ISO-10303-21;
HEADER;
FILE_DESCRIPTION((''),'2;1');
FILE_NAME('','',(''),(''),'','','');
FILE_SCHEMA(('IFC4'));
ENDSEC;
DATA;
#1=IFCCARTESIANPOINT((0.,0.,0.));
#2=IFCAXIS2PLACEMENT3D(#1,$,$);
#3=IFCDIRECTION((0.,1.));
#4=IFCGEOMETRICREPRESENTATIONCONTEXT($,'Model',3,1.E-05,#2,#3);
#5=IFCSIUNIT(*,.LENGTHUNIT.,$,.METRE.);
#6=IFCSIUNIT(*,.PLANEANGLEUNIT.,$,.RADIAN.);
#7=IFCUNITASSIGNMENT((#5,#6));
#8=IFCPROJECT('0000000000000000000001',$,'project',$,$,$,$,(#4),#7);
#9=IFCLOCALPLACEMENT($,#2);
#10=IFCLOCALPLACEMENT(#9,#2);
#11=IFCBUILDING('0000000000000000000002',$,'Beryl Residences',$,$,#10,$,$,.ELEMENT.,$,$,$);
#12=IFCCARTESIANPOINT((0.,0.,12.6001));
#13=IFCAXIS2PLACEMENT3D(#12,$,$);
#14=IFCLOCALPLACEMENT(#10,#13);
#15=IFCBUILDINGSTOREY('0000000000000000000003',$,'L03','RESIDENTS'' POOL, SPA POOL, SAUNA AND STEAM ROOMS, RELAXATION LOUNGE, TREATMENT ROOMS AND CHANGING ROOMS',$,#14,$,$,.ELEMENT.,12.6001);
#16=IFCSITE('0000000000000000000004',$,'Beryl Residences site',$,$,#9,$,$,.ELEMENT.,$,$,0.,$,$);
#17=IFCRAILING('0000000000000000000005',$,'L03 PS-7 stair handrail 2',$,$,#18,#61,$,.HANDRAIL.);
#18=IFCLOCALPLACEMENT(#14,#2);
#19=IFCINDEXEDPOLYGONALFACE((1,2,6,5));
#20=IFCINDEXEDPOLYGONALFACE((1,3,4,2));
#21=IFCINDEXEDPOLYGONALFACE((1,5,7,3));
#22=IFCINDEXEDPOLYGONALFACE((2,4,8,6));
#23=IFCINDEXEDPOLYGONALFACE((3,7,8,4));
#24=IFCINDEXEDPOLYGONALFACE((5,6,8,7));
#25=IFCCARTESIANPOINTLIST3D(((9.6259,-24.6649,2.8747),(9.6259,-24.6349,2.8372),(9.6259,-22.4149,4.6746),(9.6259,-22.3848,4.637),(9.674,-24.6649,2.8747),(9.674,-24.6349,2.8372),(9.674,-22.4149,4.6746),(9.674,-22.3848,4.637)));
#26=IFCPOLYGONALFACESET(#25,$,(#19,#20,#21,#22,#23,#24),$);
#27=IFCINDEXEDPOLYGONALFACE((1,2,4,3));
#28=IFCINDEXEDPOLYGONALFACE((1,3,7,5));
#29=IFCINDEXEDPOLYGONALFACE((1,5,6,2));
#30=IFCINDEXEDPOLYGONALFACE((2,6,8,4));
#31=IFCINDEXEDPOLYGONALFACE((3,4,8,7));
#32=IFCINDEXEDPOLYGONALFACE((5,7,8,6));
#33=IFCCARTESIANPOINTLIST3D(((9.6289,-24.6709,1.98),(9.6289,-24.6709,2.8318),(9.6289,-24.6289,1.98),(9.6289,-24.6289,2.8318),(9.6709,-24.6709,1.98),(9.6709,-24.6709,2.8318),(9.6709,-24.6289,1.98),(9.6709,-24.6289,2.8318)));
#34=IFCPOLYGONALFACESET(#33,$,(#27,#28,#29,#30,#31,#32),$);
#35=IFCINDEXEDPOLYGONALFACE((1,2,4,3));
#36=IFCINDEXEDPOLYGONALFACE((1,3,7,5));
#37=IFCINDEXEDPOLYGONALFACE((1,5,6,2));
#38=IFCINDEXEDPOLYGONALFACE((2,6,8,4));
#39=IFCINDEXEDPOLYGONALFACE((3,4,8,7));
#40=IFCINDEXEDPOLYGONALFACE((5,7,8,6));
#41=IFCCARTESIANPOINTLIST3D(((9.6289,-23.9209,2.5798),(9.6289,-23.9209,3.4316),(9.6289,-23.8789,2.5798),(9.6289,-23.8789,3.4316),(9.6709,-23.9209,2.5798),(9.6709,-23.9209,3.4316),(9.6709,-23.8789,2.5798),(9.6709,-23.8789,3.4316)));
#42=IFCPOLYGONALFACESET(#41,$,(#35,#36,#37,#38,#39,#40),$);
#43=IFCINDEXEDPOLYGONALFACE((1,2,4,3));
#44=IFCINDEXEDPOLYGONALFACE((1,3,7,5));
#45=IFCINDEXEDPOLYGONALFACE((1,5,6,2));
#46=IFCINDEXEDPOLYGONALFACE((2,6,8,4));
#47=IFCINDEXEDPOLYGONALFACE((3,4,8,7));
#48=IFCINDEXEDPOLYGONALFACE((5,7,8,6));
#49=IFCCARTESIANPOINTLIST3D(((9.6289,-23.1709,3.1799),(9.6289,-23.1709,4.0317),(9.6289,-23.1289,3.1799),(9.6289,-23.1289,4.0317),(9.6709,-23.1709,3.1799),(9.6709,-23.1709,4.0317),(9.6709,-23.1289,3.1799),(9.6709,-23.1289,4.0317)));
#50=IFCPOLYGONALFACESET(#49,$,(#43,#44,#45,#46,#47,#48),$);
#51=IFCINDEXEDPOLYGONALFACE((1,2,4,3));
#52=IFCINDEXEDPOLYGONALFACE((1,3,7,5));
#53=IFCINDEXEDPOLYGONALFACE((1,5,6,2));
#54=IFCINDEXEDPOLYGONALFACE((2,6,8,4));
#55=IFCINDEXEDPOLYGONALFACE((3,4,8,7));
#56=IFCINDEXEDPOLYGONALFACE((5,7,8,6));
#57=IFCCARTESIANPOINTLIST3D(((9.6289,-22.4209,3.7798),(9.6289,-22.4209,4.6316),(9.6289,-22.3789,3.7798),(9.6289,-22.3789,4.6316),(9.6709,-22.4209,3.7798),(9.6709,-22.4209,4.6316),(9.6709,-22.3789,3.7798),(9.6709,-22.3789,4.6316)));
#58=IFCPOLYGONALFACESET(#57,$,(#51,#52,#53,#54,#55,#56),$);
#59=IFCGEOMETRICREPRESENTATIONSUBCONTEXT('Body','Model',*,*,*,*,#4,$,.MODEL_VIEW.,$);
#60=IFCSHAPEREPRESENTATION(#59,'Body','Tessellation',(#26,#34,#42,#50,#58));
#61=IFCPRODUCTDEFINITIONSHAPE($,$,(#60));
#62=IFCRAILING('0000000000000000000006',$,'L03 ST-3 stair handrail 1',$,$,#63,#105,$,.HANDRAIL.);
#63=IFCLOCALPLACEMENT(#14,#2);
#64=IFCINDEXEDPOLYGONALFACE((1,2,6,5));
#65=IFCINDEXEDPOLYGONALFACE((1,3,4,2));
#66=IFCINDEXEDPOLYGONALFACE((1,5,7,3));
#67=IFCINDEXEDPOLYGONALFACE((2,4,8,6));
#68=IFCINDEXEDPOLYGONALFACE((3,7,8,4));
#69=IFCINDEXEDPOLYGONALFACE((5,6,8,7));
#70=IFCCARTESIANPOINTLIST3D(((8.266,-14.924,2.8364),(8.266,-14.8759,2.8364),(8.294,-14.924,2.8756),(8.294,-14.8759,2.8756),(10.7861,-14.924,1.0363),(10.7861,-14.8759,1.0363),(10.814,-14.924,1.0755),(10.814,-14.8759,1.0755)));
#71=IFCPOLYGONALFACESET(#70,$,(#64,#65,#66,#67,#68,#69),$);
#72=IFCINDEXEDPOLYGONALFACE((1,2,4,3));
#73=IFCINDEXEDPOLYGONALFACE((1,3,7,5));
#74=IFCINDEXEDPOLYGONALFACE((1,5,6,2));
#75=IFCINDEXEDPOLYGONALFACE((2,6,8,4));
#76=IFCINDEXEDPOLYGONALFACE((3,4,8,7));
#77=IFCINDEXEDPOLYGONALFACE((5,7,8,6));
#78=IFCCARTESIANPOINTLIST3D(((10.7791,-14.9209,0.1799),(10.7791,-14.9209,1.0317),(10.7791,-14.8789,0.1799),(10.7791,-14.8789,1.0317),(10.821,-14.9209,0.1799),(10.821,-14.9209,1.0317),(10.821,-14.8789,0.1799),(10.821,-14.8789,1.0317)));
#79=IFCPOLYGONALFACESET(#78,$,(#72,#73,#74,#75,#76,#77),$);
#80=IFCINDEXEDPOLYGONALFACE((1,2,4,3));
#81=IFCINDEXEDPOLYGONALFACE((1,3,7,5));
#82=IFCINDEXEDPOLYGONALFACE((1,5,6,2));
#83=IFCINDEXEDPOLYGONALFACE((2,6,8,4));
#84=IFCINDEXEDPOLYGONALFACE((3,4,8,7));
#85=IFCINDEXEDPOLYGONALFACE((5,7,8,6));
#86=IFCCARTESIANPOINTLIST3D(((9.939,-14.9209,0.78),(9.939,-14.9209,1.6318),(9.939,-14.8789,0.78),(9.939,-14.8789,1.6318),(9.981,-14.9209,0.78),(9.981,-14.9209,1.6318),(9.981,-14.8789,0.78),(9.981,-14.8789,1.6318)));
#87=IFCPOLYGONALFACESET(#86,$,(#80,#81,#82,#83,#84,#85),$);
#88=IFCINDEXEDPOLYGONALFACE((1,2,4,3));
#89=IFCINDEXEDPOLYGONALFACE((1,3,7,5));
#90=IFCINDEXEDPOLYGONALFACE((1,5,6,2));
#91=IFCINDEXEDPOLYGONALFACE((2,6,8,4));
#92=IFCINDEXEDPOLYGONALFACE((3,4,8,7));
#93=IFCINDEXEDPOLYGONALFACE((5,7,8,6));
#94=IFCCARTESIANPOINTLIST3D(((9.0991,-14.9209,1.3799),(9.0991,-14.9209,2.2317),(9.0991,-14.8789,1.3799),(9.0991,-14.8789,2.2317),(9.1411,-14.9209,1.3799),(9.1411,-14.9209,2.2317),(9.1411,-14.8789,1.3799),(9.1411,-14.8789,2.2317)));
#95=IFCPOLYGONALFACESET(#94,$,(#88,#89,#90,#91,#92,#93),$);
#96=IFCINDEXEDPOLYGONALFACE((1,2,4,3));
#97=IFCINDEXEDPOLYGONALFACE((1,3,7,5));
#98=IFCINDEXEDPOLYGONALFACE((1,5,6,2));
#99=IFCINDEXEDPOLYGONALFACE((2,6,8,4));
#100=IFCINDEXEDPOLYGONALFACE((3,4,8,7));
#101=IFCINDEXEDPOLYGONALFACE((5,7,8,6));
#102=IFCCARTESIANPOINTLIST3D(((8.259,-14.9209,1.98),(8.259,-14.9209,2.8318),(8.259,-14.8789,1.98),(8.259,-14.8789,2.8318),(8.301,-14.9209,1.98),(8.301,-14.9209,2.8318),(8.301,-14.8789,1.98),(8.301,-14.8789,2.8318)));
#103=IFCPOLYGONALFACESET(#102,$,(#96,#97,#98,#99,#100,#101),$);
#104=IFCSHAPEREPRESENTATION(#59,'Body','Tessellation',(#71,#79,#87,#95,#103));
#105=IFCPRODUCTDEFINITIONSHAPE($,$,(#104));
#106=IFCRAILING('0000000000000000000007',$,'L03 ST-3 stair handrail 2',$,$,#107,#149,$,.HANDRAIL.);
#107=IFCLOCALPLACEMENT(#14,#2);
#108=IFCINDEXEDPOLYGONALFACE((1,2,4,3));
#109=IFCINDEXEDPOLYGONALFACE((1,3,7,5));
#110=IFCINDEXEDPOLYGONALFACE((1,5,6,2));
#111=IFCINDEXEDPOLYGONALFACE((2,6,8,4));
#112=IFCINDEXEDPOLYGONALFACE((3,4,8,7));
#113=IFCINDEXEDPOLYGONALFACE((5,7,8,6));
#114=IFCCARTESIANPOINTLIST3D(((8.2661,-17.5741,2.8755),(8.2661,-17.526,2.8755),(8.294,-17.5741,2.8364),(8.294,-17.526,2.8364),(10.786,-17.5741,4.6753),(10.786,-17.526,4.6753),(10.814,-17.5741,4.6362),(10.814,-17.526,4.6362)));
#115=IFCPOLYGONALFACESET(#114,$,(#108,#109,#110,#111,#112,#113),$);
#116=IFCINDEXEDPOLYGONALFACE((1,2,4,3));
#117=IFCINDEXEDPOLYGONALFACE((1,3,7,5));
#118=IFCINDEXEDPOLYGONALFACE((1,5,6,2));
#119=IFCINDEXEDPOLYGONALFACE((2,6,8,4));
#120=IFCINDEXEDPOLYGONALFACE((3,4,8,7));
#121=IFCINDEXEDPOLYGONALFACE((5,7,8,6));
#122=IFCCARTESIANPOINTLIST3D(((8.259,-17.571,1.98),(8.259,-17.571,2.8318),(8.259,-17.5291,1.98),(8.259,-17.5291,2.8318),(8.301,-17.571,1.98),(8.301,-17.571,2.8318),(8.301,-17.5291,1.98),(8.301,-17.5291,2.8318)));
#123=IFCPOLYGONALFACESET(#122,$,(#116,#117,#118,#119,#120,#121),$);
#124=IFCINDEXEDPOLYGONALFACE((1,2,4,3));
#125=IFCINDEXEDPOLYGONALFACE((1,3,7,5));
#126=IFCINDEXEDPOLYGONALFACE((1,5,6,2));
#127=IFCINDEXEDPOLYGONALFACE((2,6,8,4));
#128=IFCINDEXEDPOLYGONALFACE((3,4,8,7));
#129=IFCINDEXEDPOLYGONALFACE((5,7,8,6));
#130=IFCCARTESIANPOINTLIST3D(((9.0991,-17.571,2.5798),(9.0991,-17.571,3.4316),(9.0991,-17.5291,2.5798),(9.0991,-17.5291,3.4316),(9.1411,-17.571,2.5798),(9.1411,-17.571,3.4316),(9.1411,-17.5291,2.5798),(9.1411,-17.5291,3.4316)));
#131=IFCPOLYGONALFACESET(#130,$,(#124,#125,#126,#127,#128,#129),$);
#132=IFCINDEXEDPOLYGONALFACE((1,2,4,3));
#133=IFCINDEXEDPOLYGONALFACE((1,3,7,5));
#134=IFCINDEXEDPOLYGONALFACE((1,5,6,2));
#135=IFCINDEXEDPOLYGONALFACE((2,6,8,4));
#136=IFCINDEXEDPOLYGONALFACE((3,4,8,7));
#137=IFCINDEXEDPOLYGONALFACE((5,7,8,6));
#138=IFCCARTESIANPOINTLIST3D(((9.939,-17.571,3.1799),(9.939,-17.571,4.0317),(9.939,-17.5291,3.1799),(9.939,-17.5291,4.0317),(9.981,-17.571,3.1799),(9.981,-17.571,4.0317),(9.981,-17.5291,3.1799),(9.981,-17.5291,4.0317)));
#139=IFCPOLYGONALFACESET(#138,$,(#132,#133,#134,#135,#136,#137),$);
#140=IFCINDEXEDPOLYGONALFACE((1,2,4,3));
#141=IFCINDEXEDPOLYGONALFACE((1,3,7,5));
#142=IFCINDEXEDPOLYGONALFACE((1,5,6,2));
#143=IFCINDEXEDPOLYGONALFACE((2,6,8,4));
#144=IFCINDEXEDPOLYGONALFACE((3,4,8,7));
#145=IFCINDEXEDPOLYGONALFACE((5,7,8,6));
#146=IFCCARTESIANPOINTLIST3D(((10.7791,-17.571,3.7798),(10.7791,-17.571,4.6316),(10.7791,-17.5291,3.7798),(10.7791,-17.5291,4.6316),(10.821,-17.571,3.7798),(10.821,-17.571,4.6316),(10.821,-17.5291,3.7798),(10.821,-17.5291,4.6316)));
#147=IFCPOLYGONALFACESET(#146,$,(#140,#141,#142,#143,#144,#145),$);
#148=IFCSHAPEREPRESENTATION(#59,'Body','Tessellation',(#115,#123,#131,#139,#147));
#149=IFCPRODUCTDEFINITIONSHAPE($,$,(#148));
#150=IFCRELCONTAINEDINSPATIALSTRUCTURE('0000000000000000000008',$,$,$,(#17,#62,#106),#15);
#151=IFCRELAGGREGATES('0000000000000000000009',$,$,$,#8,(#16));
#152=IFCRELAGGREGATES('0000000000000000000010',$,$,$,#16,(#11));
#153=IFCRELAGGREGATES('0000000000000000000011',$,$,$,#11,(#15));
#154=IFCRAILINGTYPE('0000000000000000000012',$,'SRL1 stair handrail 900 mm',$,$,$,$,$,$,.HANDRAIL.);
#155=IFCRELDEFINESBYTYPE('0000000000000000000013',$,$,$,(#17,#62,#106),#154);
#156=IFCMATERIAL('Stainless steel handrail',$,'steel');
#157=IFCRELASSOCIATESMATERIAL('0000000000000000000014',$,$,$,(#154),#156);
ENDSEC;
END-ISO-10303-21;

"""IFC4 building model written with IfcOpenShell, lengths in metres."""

from ifc_helpers import new_model, si_unit, direction, frame, origin, origin_2d, place, context, subcontext, project, spatial, rectangle, extrude, material, type_object, element, save


model = new_model("IFC4")

# Units and contexts
model_context = context("Model", 3, precision=1e-05, world=origin(), true_north=direction((0.0, 1.0)))
body_context = subcontext(model_context, "Body", "Model", "MODEL_VIEW")
ifc_project = project(units=[si_unit("LENGTHUNIT", "METRE"), si_unit("PLANEANGLEUNIT", "RADIAN")], contexts=[model_context])

# Site, building, storey
site_placement = place(None, origin())
site = spatial("IfcSite", under=ifc_project, at=site_placement, Name="Beryl Residences site", CompositionType="ELEMENT", RefElevation=0.0)
building_placement = place(site_placement, origin())
building = spatial("IfcBuilding", under=site, at=building_placement, Name="Beryl Residences", CompositionType="ELEMENT")
storey_placement = place(building_placement, frame((0.0, 0.0, 12.6001)))
storey = spatial("IfcBuildingStorey", under=building, at=storey_placement, Name="L03", Description="RESIDENTS' POOL, SPA POOL, SAUNA AND STEAM ROOMS, RELAXATION LOUNGE, TREATMENT ROOMS AND CHANGING ROOMS", CompositionType="ELEMENT", Elevation=12.6001)

# Railings
ifc_material_1 = material(Name="Stainless steel handrail", Category="steel")
railing_type_1 = type_object("IfcRailingType", Name="SRL1 stair handrail 900 mm", PredefinedType="HANDRAIL", material=ifc_material_1)
railing_1_placement = place(storey_placement, frame((9.6499, -24.6499, 1.98)))
element("IfcRailing", 1, at=railing_1_placement, inside=storey, type_object=railing_type_1, Name="L03 PS-7 stair handrail 2", PredefinedType="HANDRAIL", context=body_context, shape_type="SweptSolid", body=[
    extrude(rectangle(XDim=0.0481, YDim=0.0481, at=origin_2d()), frame((0.0, 0.0, 0.876), z_axis=(0.0, 0.780902, 0.624654), x_axis=(-1.0, 0.0, 0.0)), (0.0, 0.0, 1.0), 2.8813),
    extrude(rectangle(XDim=0.042, YDim=0.042, at=origin_2d()), origin(), (0.0, 0.0, 1.0), 0.8518),
    extrude(rectangle(XDim=0.042, YDim=0.042, at=origin_2d()), frame((0.0, 0.75, 0.5999)), (0.0, 0.0, 1.0), 0.8518),
    extrude(rectangle(XDim=0.042, YDim=0.042, at=origin_2d()), frame((0.0, 1.5, 1.2)), (0.0, 0.0, 1.0), 0.8518),
    extrude(rectangle(XDim=0.042, YDim=0.042, at=origin_2d()), frame((0.0, 2.25, 1.7998)), (0.0, 0.0, 1.0), 0.8518),
])
railing_2_placement = place(storey_placement, frame((10.8, -14.8999, 0.1799)))
element("IfcRailing", 2, at=railing_2_placement, inside=storey, type_object=railing_type_1, Name="L03 ST-3 stair handrail 1", PredefinedType="HANDRAIL", context=body_context, shape_type="SweptSolid", body=[
    extrude(rectangle(XDim=0.0481, YDim=0.0481, at=origin_2d()), frame((0.0, 0.0, 0.876), z_axis=(-0.813728, 0.0, 0.581246), x_axis=(0.0, -1.0, 0.0)), (0.0, 0.0, 1.0), 3.0969),
    extrude(rectangle(XDim=0.042, YDim=0.042, at=origin_2d()), origin(), (0.0, 0.0, 1.0), 0.8518),
    extrude(rectangle(XDim=0.042, YDim=0.042, at=origin_2d()), frame((-0.8401, 0.0, 0.6001)), (0.0, 0.0, 1.0), 0.8518),
    extrude(rectangle(XDim=0.042, YDim=0.042, at=origin_2d()), frame((-1.6799, 0.0, 1.2)), (0.0, 0.0, 1.0), 0.8518),
    extrude(rectangle(XDim=0.042, YDim=0.042, at=origin_2d()), frame((-2.52, 0.0, 1.8)), (0.0, 0.0, 1.0), 0.8518),
])
railing_3_placement = place(storey_placement, frame((8.28, -17.55, 1.98)))
element("IfcRailing", 3, at=railing_3_placement, inside=storey, type_object=railing_type_1, Name="L03 ST-3 stair handrail 2", PredefinedType="HANDRAIL", context=body_context, shape_type="SweptSolid", body=[
    extrude(rectangle(XDim=0.0481, YDim=0.0481, at=origin_2d()), frame((0.0, 0.0, 0.876), z_axis=(0.813765, 0.0, 0.581193), x_axis=(0.0, 1.0, 0.0)), (0.0, 0.0, 1.0), 3.0967),
    extrude(rectangle(XDim=0.042, YDim=0.042, at=origin_2d()), origin(), (0.0, 0.0, 1.0), 0.8518),
    extrude(rectangle(XDim=0.042, YDim=0.042, at=origin_2d()), frame((0.8401, 0.0, 0.5999)), (0.0, 0.0, 1.0), 0.8518),
    extrude(rectangle(XDim=0.042, YDim=0.042, at=origin_2d()), frame((1.6799, 0.0, 1.2)), (0.0, 0.0, 1.0), 0.8518),
    extrude(rectangle(XDim=0.042, YDim=0.042, at=origin_2d()), frame((2.52, 0.0, 1.7998)), (0.0, 0.0, 1.0), 0.8518),
])

save(model, "model.ifc")
